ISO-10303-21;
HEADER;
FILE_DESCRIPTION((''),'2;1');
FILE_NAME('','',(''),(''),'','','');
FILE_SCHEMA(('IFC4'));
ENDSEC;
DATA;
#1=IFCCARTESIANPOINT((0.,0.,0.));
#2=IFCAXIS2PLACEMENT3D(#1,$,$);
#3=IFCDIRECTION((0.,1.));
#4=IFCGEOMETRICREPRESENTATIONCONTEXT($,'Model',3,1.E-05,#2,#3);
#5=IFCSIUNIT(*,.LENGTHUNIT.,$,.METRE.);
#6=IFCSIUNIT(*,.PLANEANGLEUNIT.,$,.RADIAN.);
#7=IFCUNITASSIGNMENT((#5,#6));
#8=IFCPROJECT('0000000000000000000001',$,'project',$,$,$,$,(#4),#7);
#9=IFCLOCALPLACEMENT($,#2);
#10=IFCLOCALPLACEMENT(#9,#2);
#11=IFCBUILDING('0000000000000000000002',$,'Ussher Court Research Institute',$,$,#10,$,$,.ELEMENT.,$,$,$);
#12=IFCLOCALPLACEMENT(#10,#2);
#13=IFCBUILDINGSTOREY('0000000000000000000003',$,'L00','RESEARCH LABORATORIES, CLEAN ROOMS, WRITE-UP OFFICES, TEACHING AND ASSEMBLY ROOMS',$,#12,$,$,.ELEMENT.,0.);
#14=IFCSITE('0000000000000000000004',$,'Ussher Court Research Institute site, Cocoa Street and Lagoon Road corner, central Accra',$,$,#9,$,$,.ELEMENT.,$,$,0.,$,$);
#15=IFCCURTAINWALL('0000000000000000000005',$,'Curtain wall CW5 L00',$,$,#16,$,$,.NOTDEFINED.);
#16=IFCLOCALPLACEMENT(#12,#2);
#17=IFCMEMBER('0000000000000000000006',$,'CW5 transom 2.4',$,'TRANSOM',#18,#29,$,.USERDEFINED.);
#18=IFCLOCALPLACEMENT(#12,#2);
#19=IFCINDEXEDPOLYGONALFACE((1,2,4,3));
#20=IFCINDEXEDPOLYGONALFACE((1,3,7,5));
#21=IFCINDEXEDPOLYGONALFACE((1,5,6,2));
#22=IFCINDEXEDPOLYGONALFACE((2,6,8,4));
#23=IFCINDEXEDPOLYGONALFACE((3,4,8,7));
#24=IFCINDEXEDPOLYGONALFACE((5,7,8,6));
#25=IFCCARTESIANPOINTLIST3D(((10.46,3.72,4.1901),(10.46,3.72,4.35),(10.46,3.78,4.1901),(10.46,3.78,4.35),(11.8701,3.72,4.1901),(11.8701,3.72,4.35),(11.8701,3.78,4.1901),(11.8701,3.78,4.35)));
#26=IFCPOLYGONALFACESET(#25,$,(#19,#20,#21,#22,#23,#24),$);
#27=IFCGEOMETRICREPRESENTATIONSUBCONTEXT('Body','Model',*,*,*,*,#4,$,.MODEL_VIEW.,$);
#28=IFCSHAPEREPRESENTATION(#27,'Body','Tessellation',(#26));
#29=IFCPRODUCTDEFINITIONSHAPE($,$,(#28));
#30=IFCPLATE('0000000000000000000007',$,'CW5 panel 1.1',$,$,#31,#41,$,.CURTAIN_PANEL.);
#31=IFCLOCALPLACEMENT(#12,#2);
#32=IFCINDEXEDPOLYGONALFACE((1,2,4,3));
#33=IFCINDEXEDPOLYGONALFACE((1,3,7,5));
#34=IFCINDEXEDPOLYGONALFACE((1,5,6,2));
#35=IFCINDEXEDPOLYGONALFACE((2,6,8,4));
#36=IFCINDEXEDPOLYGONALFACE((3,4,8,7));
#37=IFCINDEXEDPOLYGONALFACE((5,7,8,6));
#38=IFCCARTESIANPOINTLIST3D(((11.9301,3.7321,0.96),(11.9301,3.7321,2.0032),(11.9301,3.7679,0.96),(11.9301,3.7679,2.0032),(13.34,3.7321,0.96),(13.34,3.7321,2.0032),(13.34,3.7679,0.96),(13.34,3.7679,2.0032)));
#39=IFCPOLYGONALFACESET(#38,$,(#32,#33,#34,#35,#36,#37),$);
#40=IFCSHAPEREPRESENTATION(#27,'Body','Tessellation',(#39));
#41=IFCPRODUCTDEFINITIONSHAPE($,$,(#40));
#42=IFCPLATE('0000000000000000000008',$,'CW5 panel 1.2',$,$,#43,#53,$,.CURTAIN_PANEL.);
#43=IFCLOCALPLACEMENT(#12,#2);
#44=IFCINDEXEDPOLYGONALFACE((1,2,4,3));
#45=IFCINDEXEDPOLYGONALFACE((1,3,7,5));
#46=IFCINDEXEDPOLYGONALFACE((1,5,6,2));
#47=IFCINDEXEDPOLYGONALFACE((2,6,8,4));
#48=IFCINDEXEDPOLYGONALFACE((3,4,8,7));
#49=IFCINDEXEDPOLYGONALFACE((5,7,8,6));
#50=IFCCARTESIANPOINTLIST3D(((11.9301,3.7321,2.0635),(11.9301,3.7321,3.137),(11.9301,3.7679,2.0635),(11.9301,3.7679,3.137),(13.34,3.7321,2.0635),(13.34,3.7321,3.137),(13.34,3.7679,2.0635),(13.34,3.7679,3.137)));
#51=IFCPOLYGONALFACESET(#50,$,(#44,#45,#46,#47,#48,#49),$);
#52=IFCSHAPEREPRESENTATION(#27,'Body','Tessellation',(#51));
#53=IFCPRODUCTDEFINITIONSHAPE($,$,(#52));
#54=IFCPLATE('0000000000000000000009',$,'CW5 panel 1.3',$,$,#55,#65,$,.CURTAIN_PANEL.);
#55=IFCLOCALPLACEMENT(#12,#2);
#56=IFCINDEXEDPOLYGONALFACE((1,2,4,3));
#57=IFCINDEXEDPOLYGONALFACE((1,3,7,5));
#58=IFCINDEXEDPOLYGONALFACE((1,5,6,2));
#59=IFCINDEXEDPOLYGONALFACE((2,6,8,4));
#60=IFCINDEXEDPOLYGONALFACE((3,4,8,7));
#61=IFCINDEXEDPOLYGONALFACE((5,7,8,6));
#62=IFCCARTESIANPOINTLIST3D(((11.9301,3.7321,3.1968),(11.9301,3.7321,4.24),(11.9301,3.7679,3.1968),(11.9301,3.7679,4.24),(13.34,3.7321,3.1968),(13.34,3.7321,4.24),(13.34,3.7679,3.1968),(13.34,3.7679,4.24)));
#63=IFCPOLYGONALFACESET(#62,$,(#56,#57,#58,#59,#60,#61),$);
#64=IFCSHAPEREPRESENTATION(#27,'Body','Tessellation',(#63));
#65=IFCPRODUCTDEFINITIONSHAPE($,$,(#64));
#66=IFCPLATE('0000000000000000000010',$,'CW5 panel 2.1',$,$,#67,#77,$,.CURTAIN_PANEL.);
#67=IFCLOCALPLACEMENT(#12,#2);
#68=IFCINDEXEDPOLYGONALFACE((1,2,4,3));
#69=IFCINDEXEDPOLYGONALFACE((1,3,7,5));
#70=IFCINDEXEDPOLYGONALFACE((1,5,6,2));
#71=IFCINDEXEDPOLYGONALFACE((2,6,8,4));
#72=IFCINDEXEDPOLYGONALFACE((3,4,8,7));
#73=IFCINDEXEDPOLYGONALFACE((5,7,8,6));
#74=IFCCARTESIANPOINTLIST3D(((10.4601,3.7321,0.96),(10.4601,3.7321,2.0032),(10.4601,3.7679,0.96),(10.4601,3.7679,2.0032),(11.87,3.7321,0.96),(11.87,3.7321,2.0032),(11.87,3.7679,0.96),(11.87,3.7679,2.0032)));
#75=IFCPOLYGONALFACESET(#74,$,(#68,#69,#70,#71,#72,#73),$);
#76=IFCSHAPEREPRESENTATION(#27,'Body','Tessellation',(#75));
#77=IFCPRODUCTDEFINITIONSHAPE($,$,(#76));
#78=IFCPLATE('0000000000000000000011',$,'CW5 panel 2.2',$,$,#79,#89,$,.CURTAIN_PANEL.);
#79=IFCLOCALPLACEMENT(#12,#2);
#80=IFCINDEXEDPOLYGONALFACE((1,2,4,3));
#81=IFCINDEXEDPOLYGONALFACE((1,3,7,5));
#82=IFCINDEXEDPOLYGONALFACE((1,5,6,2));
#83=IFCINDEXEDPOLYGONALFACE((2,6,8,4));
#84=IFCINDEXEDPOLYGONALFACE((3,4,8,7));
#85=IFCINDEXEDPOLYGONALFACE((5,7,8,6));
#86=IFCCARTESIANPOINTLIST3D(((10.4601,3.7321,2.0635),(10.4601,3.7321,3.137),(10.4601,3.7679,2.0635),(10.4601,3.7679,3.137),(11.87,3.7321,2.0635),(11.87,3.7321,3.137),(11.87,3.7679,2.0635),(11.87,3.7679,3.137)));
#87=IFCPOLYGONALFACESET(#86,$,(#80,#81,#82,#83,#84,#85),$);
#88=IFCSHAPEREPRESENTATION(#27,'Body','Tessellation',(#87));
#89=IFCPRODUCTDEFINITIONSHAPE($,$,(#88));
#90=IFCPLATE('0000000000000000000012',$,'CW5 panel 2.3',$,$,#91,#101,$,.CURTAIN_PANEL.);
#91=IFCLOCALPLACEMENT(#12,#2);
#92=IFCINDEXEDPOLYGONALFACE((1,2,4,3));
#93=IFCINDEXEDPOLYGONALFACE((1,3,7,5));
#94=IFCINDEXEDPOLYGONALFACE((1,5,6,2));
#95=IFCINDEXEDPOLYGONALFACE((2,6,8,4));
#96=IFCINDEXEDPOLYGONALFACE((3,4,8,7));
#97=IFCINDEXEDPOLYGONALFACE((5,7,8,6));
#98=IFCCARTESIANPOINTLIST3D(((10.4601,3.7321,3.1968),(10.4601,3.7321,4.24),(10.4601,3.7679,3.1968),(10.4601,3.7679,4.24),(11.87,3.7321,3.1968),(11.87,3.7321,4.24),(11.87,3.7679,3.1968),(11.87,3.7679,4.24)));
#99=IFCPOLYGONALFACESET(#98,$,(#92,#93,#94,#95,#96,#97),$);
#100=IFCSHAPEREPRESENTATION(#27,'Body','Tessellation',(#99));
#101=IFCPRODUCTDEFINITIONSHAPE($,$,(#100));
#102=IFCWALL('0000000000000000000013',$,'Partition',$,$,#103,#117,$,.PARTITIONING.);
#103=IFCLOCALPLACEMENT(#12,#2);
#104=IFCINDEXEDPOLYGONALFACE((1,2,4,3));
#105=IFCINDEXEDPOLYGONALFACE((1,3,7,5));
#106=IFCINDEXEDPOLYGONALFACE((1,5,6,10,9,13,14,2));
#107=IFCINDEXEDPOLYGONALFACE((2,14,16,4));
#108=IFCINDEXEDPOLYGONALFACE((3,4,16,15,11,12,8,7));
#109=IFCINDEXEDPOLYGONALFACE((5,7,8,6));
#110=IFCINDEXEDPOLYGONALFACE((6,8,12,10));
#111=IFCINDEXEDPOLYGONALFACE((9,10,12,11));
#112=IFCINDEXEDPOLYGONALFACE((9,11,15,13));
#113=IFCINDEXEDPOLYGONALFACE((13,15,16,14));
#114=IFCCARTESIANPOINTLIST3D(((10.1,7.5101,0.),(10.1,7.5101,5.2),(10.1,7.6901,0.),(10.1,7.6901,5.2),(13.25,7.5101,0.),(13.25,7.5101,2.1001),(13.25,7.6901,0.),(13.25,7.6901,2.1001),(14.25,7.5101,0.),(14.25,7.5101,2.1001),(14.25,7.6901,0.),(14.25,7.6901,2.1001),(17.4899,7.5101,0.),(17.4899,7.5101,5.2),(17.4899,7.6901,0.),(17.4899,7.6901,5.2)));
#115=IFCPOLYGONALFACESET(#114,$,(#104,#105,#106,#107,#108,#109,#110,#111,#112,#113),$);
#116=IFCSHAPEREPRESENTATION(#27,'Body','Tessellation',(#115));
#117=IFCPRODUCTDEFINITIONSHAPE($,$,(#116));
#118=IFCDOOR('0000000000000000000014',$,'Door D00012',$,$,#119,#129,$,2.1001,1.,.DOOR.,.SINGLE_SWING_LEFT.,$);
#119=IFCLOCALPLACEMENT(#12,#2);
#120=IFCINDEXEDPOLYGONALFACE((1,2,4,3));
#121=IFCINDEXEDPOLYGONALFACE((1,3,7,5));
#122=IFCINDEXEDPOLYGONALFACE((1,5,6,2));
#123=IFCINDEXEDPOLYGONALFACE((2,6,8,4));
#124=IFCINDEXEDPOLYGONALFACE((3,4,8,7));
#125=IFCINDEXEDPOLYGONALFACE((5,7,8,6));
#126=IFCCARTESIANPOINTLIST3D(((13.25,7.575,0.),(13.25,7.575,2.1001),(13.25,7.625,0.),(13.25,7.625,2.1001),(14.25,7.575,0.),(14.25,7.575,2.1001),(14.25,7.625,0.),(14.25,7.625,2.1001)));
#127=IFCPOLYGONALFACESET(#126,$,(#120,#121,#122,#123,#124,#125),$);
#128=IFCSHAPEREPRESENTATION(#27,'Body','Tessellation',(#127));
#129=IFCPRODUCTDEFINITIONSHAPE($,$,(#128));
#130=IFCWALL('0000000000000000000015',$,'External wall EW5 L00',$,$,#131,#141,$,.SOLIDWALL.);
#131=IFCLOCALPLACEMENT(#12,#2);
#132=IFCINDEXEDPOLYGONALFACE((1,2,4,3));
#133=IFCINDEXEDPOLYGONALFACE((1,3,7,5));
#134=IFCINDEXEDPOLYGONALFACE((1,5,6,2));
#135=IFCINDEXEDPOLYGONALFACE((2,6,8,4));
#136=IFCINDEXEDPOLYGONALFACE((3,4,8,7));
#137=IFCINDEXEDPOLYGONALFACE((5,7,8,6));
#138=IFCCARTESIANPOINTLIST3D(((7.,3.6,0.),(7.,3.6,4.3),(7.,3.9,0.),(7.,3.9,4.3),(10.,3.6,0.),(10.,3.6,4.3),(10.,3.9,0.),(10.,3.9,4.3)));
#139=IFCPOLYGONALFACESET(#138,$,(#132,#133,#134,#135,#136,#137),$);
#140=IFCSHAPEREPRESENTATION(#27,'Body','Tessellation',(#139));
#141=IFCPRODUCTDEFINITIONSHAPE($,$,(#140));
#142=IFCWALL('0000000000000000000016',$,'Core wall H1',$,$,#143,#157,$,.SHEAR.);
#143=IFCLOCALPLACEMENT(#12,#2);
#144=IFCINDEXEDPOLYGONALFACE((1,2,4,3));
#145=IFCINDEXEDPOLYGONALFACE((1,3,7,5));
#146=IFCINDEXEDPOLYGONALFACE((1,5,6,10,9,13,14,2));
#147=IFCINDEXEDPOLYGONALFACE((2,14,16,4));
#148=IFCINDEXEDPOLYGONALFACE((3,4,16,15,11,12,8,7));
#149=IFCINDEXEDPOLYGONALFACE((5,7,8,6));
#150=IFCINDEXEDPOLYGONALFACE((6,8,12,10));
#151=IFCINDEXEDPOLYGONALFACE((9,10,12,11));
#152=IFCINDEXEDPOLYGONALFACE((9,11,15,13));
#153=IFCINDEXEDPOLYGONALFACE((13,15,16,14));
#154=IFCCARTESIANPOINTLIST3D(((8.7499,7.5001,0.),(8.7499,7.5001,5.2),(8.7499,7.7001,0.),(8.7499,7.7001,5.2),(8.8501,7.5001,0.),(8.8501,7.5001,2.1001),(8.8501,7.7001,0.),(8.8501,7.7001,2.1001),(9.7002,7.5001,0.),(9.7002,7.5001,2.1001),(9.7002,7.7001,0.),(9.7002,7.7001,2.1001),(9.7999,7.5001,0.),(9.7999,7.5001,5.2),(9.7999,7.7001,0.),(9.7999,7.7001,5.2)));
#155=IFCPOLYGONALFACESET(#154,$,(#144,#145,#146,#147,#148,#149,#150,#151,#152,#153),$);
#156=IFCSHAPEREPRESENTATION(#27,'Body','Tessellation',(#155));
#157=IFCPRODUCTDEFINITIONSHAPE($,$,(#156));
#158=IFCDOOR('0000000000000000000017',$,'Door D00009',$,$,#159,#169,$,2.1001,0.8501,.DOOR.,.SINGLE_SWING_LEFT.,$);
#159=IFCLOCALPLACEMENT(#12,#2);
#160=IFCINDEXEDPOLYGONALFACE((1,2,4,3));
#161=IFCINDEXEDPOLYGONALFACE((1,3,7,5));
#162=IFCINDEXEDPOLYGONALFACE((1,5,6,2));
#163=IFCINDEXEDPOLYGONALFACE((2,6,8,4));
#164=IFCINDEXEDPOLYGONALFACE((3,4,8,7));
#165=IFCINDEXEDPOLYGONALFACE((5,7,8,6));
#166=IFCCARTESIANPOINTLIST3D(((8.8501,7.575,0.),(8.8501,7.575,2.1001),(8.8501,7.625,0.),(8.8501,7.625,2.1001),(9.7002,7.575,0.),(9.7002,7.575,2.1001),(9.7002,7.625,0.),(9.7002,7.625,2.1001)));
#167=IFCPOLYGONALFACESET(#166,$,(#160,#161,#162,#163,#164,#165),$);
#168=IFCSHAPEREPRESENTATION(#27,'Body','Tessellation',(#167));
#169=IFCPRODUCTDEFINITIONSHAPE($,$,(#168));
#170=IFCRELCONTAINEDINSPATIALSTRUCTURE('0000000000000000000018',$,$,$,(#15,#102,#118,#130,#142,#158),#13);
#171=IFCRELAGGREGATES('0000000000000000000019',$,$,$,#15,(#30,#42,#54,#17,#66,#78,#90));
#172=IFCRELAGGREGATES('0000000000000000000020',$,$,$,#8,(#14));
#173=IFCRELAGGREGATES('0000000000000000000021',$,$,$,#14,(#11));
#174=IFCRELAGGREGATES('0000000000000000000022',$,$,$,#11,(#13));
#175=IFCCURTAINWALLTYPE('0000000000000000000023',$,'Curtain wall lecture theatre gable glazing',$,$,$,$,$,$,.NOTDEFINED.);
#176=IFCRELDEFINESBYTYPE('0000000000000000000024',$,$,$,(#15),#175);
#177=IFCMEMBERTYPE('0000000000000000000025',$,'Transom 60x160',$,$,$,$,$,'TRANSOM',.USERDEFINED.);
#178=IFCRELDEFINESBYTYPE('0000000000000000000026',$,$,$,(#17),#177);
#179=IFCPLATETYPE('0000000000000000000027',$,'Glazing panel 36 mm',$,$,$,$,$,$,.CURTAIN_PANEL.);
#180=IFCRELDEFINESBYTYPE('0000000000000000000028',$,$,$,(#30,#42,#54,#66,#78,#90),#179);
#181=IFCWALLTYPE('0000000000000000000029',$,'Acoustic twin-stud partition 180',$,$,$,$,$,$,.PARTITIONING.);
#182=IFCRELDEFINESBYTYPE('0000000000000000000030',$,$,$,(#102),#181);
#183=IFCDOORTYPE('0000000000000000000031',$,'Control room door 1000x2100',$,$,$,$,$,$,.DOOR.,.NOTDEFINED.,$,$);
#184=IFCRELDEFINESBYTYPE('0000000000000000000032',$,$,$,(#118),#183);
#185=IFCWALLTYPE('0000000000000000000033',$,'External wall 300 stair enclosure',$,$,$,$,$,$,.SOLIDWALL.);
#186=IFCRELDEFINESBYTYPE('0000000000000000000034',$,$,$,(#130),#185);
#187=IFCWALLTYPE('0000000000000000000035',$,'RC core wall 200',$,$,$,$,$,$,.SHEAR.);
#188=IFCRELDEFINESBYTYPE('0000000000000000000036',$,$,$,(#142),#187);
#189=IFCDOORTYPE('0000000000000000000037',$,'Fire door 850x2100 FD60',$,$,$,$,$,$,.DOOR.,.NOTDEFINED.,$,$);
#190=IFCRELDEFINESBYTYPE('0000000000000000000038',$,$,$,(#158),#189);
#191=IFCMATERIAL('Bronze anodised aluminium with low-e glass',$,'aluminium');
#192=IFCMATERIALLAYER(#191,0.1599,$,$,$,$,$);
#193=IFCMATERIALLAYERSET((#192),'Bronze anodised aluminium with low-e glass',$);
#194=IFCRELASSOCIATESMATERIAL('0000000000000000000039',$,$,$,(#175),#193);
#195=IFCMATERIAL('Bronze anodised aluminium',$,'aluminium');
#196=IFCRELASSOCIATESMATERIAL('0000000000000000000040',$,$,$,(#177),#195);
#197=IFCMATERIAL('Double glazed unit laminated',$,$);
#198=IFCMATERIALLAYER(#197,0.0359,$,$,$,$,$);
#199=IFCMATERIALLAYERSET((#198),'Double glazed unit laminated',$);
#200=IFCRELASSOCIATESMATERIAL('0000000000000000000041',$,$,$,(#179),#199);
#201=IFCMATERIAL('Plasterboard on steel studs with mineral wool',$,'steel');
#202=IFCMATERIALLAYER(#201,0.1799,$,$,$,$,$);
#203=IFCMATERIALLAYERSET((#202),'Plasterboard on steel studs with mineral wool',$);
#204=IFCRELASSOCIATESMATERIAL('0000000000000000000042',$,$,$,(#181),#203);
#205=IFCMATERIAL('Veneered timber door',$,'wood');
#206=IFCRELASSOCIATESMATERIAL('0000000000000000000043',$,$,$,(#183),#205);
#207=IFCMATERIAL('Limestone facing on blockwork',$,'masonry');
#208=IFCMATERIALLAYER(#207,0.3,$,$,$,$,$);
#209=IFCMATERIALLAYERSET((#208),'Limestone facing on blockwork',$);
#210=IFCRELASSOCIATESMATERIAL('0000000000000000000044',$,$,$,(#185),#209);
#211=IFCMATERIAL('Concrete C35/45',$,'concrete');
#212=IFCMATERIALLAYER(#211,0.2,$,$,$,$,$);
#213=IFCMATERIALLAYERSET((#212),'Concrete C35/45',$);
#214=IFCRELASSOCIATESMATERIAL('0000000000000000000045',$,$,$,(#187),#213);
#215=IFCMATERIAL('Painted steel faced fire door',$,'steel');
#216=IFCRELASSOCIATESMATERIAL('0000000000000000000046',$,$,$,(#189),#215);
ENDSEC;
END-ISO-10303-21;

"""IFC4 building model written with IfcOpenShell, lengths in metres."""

from ifc_helpers import new_model, si_unit, direction, frame, frame_2d, origin, origin_2d, place, context, subcontext, project, spatial, rectangle, extrude, material, layer, layer_set, material_profile, profile_set, type_object, element, fill, aggregate, save


model = new_model("IFC4")

# Units and contexts
model_context = context("Model", 3, precision=1e-05, world=origin(), true_north=direction((0.0, 1.0)))
body_context = subcontext(model_context, "Body", "Model", "MODEL_VIEW")
ifc_project = project(units=[si_unit("LENGTHUNIT", "METRE"), si_unit("PLANEANGLEUNIT", "RADIAN")], contexts=[model_context])

# Site, building, storey
site_placement = place(None, origin())
site = spatial("IfcSite", under=ifc_project, at=site_placement, Name="Ussher Court Research Institute site, Cocoa Street and Lagoon Road corner, central Accra", CompositionType="ELEMENT", RefElevation=0.0)
building_placement = place(site_placement, origin())
building = spatial("IfcBuilding", under=site, at=building_placement, Name="Ussher Court Research Institute", CompositionType="ELEMENT")
storey_placement = place(building_placement, origin())
storey = spatial("IfcBuildingStorey", under=building, at=storey_placement, Name="L00", Description="RESEARCH LABORATORIES, CLEAN ROOMS, WRITE-UP OFFICES, TEACHING AND ASSEMBLY ROOMS", CompositionType="ELEMENT", Elevation=0.0)

# Curtain wall, member, plates
ifc_material_1 = material(Name="Bronze anodised aluminium with low-e glass", Category="aluminium")
ifc_layer_1 = layer(ifc_material_1, 0.1599)
ifc_layer_set_1 = layer_set([ifc_layer_1], Name="Bronze anodised aluminium with low-e glass")
curtain_wall_type = type_object("IfcCurtainWallType", Name="Curtain wall lecture theatre gable glazing", PredefinedType="NOTDEFINED", material=ifc_layer_set_1)
curtain_wall_placement = place(storey_placement, origin())
curtain_wall = element("IfcCurtainWall", 1, at=curtain_wall_placement, inside=storey, type_object=curtain_wall_type, Name="Curtain wall CW5 L00", PredefinedType="NOTDEFINED")
ifc_material_2 = material(Name="Bronze anodised aluminium", Category="aluminium")
ifc_material_profile_1 = material_profile(ifc_material_2, rectangle(XDim=0.0601, YDim=0.1599, at=origin_2d()), Name="Transom 60x160")
ifc_profile_set_1 = profile_set([ifc_material_profile_1], Name="Bronze anodised aluminium")
member_type_1 = type_object("IfcMemberType", Name="Transom 60x160", ElementType="TRANSOM", PredefinedType="USERDEFINED", material=ifc_profile_set_1)
member_1_placement = place(storey_placement, frame((11.8701, 3.75, 4.27), z_axis=(-1.0, 0.0, 0.0), x_axis=(0.0, -1.0, 0.0)))
member_1 = element("IfcMember", 2, at=member_1_placement, type_object=member_type_1, Name="CW5 transom 2.4", ObjectType="TRANSOM", PredefinedType="USERDEFINED", context=body_context, shape_type="SweptSolid", body=[
    extrude(rectangle(XDim=0.0601, YDim=0.1599, at=origin_2d()), origin(), (0.0, 0.0, 1.0), 1.4102),
])
ifc_material_3 = material(Name="Double glazed unit laminated")
ifc_layer_2 = layer(ifc_material_3, 0.0359)
ifc_layer_set_2 = layer_set([ifc_layer_2], Name="Double glazed unit laminated")
plate_type = type_object("IfcPlateType", Name="Glazing panel 36 mm", PredefinedType="CURTAIN_PANEL", material=ifc_layer_set_2)
plate_1_placement = place(storey_placement, frame((12.635, 3.75, 0.96), z_axis=(0.0, 0.0, 1.0), x_axis=(-1.0, 0.0, 0.0)))
plate_1 = element("IfcPlate", 3, at=plate_1_placement, type_object=plate_type, Name="CW5 panel 1.1", PredefinedType="CURTAIN_PANEL", context=body_context, shape_type="SweptSolid", body=[
    extrude(rectangle(XDim=1.4099, YDim=0.0359, at=origin_2d()), origin(), (0.0, 0.0, 1.0), 1.0432),
])
plate_2_placement = place(storey_placement, frame((12.635, 3.75, 2.0635), z_axis=(0.0, 0.0, 1.0), x_axis=(-1.0, 0.0, 0.0)))
plate_2 = element("IfcPlate", 4, at=plate_2_placement, type_object=plate_type, Name="CW5 panel 1.2", PredefinedType="CURTAIN_PANEL", context=body_context, shape_type="SweptSolid", body=[
    extrude(rectangle(XDim=1.4099, YDim=0.0359, at=origin_2d()), origin(), (0.0, 0.0, 1.0), 1.0735),
])
plate_3_placement = place(storey_placement, frame((12.635, 3.75, 3.1968), z_axis=(0.0, 0.0, 1.0), x_axis=(-1.0, 0.0, 0.0)))
plate_3 = element("IfcPlate", 5, at=plate_3_placement, type_object=plate_type, Name="CW5 panel 1.3", PredefinedType="CURTAIN_PANEL", context=body_context, shape_type="SweptSolid", body=[
    extrude(rectangle(XDim=1.4099, YDim=0.0359, at=origin_2d()), origin(), (0.0, 0.0, 1.0), 1.0432),
])
plate_4_placement = place(storey_placement, frame((11.165, 3.75, 0.96), z_axis=(0.0, 0.0, 1.0), x_axis=(-1.0, 0.0, 0.0)))
plate_4 = element("IfcPlate", 6, at=plate_4_placement, type_object=plate_type, Name="CW5 panel 2.1", PredefinedType="CURTAIN_PANEL", context=body_context, shape_type="SweptSolid", body=[
    extrude(rectangle(XDim=1.4099, YDim=0.0359, at=origin_2d()), origin(), (0.0, 0.0, 1.0), 1.0432),
])
plate_5_placement = place(storey_placement, frame((11.165, 3.75, 2.0635), z_axis=(0.0, 0.0, 1.0), x_axis=(-1.0, 0.0, 0.0)))
plate_5 = element("IfcPlate", 7, at=plate_5_placement, type_object=plate_type, Name="CW5 panel 2.2", PredefinedType="CURTAIN_PANEL", context=body_context, shape_type="SweptSolid", body=[
    extrude(rectangle(XDim=1.4099, YDim=0.0359, at=origin_2d()), origin(), (0.0, 0.0, 1.0), 1.0735),
])
plate_6_placement = place(storey_placement, frame((11.165, 3.75, 3.1968), z_axis=(0.0, 0.0, 1.0), x_axis=(-1.0, 0.0, 0.0)))
plate_6 = element("IfcPlate", 8, at=plate_6_placement, type_object=plate_type, Name="CW5 panel 2.3", PredefinedType="CURTAIN_PANEL", context=body_context, shape_type="SweptSolid", body=[
    extrude(rectangle(XDim=1.4099, YDim=0.0359, at=origin_2d()), origin(), (0.0, 0.0, 1.0), 1.0432),
])
aggregate(curtain_wall, [plate_1, plate_2, plate_3, member_1, plate_4, plate_5, plate_6])

# Wall, opening, door
ifc_material_4 = material(Name="Plasterboard on steel studs with mineral wool", Category="steel")
ifc_layer_3 = layer(ifc_material_4, 0.1799)
ifc_layer_set_3 = layer_set([ifc_layer_3], Name="Plasterboard on steel studs with mineral wool")
wall_type_1 = type_object("IfcWallType", Name="Acoustic twin-stud partition 180", PredefinedType="PARTITIONING", material=ifc_layer_set_3)
wall_1_placement = place(storey_placement, frame((10.1001, 7.6001, 0.0), z_axis=(0.0, 0.0, 1.0), x_axis=(1.0, 0.0, 0.0)))
wall_1 = element("IfcWall", 9, at=wall_1_placement, inside=storey, type_object=wall_type_1, Name="Partition", PredefinedType="PARTITIONING", context=body_context, shape_type="SweptSolid", body=[
    extrude(rectangle(XDim=7.3899, YDim=0.1799, at=frame_2d((3.6948, 0.0))), origin(), (0.0, 0.0, 1.0), 5.2),
])
opening_1_placement = place(wall_1_placement, frame((3.1499, 0.0, 0.0)))
opening_1 = element("IfcOpeningElement", 10, at=opening_1_placement, cuts=wall_1, PredefinedType="OPENING", context=body_context, shape_type="SweptSolid", body=[
    extrude(rectangle(XDim=1.0, YDim=2.1001, at=frame_2d((0.5, 1.05))), frame((0.0, 0.1001, 0.0), z_axis=(0.0, -1.0, 0.0), x_axis=(1.0, 0.0, 0.0)), (0.0, 0.0, 1.0), 0.2),
])
ifc_material_5 = material(Name="Veneered timber door", Category="wood")
door_type_1 = type_object("IfcDoorType", Name="Control room door 1000x2100", OperationType="NOTDEFINED", PredefinedType="DOOR", material=ifc_material_5)
door_1_placement = place(opening_1_placement, origin())
door_1 = element("IfcDoor", 11, at=door_1_placement, inside=storey, type_object=door_type_1, Name="Door D00012", OperationType="SINGLE_SWING_LEFT", OverallHeight=2.1001, OverallWidth=1.0, PredefinedType="DOOR", context=body_context, shape_type="SweptSolid", body=[
    extrude(rectangle(XDim=1.0, YDim=2.1001, at=frame_2d((0.5, 1.05))), frame((0.0, 0.0249, 0.0), z_axis=(0.0, -1.0, 0.0), x_axis=(1.0, 0.0, 0.0)), (0.0, 0.0, 1.0), 0.05),
])
fill(opening_1, door_1)

# Wall
ifc_material_6 = material(Name="Limestone facing on blockwork", Category="masonry")
ifc_layer_4 = layer(ifc_material_6, 0.3)
ifc_layer_set_4 = layer_set([ifc_layer_4], Name="Limestone facing on blockwork")
wall_type_2 = type_object("IfcWallType", Name="External wall 300 stair enclosure", PredefinedType="SOLIDWALL", material=ifc_layer_set_4)
wall_2_placement = place(storey_placement, frame((10.0, 3.75, 0.0), z_axis=(0.0, 0.0, 1.0), x_axis=(-1.0, 0.0, 0.0)))
element("IfcWall", 12, at=wall_2_placement, inside=storey, type_object=wall_type_2, Name="External wall EW5 L00", PredefinedType="SOLIDWALL", context=body_context, shape_type="SweptSolid", body=[
    extrude(rectangle(XDim=3.0, YDim=0.3, at=frame_2d((1.5, 0.0))), origin(), (0.0, 0.0, 1.0), 4.3),
])

# Wall, opening, door
ifc_material_7 = material(Name="Concrete C35/45", Category="concrete")
ifc_layer_5 = layer(ifc_material_7, 0.2)
ifc_layer_set_5 = layer_set([ifc_layer_5], Name="Concrete C35/45")
wall_type_3 = type_object("IfcWallType", Name="RC core wall 200", PredefinedType="SHEAR", material=ifc_layer_set_5)
wall_3_placement = place(storey_placement, frame((8.75, 7.6001, 0.0), z_axis=(0.0, 0.0, 1.0), x_axis=(1.0, 0.0, 0.0)))
wall_3 = element("IfcWall", 13, at=wall_3_placement, inside=storey, type_object=wall_type_3, Name="Core wall H1", PredefinedType="SHEAR", context=body_context, shape_type="SweptSolid", body=[
    extrude(rectangle(XDim=1.05, YDim=0.2, at=frame_2d((0.5249, 0.0))), origin(), (0.0, 0.0, 1.0), 5.2),
])
opening_2_placement = place(wall_3_placement, frame((0.1001, 0.0, 0.0)))
opening_2 = element("IfcOpeningElement", 14, at=opening_2_placement, cuts=wall_3, PredefinedType="OPENING", context=body_context, shape_type="SweptSolid", body=[
    extrude(rectangle(XDim=0.8501, YDim=2.1001, at=frame_2d((0.425, 1.05))), frame((0.0, 0.1099, 0.0), z_axis=(0.0, -1.0, 0.0), x_axis=(1.0, 0.0, 0.0)), (0.0, 0.0, 1.0), 0.22),
])
ifc_material_8 = material(Name="Painted steel faced fire door", Category="steel")
door_type_2 = type_object("IfcDoorType", Name="Fire door 850x2100 FD60", OperationType="NOTDEFINED", PredefinedType="DOOR", material=ifc_material_8)
door_2_placement = place(opening_2_placement, origin())
door_2 = element("IfcDoor", 15, at=door_2_placement, inside=storey, type_object=door_type_2, Name="Door D00009", OperationType="SINGLE_SWING_LEFT", OverallHeight=2.1001, OverallWidth=0.8501, PredefinedType="DOOR", context=body_context, shape_type="SweptSolid", body=[
    extrude(rectangle(XDim=0.8501, YDim=2.1001, at=frame_2d((0.425, 1.05))), frame((0.0, 0.0249, 0.0), z_axis=(0.0, -1.0, 0.0), x_axis=(1.0, 0.0, 0.0)), (0.0, 0.0, 1.0), 0.05),
])
fill(opening_2, door_2)

save(model, "model.ifc")
